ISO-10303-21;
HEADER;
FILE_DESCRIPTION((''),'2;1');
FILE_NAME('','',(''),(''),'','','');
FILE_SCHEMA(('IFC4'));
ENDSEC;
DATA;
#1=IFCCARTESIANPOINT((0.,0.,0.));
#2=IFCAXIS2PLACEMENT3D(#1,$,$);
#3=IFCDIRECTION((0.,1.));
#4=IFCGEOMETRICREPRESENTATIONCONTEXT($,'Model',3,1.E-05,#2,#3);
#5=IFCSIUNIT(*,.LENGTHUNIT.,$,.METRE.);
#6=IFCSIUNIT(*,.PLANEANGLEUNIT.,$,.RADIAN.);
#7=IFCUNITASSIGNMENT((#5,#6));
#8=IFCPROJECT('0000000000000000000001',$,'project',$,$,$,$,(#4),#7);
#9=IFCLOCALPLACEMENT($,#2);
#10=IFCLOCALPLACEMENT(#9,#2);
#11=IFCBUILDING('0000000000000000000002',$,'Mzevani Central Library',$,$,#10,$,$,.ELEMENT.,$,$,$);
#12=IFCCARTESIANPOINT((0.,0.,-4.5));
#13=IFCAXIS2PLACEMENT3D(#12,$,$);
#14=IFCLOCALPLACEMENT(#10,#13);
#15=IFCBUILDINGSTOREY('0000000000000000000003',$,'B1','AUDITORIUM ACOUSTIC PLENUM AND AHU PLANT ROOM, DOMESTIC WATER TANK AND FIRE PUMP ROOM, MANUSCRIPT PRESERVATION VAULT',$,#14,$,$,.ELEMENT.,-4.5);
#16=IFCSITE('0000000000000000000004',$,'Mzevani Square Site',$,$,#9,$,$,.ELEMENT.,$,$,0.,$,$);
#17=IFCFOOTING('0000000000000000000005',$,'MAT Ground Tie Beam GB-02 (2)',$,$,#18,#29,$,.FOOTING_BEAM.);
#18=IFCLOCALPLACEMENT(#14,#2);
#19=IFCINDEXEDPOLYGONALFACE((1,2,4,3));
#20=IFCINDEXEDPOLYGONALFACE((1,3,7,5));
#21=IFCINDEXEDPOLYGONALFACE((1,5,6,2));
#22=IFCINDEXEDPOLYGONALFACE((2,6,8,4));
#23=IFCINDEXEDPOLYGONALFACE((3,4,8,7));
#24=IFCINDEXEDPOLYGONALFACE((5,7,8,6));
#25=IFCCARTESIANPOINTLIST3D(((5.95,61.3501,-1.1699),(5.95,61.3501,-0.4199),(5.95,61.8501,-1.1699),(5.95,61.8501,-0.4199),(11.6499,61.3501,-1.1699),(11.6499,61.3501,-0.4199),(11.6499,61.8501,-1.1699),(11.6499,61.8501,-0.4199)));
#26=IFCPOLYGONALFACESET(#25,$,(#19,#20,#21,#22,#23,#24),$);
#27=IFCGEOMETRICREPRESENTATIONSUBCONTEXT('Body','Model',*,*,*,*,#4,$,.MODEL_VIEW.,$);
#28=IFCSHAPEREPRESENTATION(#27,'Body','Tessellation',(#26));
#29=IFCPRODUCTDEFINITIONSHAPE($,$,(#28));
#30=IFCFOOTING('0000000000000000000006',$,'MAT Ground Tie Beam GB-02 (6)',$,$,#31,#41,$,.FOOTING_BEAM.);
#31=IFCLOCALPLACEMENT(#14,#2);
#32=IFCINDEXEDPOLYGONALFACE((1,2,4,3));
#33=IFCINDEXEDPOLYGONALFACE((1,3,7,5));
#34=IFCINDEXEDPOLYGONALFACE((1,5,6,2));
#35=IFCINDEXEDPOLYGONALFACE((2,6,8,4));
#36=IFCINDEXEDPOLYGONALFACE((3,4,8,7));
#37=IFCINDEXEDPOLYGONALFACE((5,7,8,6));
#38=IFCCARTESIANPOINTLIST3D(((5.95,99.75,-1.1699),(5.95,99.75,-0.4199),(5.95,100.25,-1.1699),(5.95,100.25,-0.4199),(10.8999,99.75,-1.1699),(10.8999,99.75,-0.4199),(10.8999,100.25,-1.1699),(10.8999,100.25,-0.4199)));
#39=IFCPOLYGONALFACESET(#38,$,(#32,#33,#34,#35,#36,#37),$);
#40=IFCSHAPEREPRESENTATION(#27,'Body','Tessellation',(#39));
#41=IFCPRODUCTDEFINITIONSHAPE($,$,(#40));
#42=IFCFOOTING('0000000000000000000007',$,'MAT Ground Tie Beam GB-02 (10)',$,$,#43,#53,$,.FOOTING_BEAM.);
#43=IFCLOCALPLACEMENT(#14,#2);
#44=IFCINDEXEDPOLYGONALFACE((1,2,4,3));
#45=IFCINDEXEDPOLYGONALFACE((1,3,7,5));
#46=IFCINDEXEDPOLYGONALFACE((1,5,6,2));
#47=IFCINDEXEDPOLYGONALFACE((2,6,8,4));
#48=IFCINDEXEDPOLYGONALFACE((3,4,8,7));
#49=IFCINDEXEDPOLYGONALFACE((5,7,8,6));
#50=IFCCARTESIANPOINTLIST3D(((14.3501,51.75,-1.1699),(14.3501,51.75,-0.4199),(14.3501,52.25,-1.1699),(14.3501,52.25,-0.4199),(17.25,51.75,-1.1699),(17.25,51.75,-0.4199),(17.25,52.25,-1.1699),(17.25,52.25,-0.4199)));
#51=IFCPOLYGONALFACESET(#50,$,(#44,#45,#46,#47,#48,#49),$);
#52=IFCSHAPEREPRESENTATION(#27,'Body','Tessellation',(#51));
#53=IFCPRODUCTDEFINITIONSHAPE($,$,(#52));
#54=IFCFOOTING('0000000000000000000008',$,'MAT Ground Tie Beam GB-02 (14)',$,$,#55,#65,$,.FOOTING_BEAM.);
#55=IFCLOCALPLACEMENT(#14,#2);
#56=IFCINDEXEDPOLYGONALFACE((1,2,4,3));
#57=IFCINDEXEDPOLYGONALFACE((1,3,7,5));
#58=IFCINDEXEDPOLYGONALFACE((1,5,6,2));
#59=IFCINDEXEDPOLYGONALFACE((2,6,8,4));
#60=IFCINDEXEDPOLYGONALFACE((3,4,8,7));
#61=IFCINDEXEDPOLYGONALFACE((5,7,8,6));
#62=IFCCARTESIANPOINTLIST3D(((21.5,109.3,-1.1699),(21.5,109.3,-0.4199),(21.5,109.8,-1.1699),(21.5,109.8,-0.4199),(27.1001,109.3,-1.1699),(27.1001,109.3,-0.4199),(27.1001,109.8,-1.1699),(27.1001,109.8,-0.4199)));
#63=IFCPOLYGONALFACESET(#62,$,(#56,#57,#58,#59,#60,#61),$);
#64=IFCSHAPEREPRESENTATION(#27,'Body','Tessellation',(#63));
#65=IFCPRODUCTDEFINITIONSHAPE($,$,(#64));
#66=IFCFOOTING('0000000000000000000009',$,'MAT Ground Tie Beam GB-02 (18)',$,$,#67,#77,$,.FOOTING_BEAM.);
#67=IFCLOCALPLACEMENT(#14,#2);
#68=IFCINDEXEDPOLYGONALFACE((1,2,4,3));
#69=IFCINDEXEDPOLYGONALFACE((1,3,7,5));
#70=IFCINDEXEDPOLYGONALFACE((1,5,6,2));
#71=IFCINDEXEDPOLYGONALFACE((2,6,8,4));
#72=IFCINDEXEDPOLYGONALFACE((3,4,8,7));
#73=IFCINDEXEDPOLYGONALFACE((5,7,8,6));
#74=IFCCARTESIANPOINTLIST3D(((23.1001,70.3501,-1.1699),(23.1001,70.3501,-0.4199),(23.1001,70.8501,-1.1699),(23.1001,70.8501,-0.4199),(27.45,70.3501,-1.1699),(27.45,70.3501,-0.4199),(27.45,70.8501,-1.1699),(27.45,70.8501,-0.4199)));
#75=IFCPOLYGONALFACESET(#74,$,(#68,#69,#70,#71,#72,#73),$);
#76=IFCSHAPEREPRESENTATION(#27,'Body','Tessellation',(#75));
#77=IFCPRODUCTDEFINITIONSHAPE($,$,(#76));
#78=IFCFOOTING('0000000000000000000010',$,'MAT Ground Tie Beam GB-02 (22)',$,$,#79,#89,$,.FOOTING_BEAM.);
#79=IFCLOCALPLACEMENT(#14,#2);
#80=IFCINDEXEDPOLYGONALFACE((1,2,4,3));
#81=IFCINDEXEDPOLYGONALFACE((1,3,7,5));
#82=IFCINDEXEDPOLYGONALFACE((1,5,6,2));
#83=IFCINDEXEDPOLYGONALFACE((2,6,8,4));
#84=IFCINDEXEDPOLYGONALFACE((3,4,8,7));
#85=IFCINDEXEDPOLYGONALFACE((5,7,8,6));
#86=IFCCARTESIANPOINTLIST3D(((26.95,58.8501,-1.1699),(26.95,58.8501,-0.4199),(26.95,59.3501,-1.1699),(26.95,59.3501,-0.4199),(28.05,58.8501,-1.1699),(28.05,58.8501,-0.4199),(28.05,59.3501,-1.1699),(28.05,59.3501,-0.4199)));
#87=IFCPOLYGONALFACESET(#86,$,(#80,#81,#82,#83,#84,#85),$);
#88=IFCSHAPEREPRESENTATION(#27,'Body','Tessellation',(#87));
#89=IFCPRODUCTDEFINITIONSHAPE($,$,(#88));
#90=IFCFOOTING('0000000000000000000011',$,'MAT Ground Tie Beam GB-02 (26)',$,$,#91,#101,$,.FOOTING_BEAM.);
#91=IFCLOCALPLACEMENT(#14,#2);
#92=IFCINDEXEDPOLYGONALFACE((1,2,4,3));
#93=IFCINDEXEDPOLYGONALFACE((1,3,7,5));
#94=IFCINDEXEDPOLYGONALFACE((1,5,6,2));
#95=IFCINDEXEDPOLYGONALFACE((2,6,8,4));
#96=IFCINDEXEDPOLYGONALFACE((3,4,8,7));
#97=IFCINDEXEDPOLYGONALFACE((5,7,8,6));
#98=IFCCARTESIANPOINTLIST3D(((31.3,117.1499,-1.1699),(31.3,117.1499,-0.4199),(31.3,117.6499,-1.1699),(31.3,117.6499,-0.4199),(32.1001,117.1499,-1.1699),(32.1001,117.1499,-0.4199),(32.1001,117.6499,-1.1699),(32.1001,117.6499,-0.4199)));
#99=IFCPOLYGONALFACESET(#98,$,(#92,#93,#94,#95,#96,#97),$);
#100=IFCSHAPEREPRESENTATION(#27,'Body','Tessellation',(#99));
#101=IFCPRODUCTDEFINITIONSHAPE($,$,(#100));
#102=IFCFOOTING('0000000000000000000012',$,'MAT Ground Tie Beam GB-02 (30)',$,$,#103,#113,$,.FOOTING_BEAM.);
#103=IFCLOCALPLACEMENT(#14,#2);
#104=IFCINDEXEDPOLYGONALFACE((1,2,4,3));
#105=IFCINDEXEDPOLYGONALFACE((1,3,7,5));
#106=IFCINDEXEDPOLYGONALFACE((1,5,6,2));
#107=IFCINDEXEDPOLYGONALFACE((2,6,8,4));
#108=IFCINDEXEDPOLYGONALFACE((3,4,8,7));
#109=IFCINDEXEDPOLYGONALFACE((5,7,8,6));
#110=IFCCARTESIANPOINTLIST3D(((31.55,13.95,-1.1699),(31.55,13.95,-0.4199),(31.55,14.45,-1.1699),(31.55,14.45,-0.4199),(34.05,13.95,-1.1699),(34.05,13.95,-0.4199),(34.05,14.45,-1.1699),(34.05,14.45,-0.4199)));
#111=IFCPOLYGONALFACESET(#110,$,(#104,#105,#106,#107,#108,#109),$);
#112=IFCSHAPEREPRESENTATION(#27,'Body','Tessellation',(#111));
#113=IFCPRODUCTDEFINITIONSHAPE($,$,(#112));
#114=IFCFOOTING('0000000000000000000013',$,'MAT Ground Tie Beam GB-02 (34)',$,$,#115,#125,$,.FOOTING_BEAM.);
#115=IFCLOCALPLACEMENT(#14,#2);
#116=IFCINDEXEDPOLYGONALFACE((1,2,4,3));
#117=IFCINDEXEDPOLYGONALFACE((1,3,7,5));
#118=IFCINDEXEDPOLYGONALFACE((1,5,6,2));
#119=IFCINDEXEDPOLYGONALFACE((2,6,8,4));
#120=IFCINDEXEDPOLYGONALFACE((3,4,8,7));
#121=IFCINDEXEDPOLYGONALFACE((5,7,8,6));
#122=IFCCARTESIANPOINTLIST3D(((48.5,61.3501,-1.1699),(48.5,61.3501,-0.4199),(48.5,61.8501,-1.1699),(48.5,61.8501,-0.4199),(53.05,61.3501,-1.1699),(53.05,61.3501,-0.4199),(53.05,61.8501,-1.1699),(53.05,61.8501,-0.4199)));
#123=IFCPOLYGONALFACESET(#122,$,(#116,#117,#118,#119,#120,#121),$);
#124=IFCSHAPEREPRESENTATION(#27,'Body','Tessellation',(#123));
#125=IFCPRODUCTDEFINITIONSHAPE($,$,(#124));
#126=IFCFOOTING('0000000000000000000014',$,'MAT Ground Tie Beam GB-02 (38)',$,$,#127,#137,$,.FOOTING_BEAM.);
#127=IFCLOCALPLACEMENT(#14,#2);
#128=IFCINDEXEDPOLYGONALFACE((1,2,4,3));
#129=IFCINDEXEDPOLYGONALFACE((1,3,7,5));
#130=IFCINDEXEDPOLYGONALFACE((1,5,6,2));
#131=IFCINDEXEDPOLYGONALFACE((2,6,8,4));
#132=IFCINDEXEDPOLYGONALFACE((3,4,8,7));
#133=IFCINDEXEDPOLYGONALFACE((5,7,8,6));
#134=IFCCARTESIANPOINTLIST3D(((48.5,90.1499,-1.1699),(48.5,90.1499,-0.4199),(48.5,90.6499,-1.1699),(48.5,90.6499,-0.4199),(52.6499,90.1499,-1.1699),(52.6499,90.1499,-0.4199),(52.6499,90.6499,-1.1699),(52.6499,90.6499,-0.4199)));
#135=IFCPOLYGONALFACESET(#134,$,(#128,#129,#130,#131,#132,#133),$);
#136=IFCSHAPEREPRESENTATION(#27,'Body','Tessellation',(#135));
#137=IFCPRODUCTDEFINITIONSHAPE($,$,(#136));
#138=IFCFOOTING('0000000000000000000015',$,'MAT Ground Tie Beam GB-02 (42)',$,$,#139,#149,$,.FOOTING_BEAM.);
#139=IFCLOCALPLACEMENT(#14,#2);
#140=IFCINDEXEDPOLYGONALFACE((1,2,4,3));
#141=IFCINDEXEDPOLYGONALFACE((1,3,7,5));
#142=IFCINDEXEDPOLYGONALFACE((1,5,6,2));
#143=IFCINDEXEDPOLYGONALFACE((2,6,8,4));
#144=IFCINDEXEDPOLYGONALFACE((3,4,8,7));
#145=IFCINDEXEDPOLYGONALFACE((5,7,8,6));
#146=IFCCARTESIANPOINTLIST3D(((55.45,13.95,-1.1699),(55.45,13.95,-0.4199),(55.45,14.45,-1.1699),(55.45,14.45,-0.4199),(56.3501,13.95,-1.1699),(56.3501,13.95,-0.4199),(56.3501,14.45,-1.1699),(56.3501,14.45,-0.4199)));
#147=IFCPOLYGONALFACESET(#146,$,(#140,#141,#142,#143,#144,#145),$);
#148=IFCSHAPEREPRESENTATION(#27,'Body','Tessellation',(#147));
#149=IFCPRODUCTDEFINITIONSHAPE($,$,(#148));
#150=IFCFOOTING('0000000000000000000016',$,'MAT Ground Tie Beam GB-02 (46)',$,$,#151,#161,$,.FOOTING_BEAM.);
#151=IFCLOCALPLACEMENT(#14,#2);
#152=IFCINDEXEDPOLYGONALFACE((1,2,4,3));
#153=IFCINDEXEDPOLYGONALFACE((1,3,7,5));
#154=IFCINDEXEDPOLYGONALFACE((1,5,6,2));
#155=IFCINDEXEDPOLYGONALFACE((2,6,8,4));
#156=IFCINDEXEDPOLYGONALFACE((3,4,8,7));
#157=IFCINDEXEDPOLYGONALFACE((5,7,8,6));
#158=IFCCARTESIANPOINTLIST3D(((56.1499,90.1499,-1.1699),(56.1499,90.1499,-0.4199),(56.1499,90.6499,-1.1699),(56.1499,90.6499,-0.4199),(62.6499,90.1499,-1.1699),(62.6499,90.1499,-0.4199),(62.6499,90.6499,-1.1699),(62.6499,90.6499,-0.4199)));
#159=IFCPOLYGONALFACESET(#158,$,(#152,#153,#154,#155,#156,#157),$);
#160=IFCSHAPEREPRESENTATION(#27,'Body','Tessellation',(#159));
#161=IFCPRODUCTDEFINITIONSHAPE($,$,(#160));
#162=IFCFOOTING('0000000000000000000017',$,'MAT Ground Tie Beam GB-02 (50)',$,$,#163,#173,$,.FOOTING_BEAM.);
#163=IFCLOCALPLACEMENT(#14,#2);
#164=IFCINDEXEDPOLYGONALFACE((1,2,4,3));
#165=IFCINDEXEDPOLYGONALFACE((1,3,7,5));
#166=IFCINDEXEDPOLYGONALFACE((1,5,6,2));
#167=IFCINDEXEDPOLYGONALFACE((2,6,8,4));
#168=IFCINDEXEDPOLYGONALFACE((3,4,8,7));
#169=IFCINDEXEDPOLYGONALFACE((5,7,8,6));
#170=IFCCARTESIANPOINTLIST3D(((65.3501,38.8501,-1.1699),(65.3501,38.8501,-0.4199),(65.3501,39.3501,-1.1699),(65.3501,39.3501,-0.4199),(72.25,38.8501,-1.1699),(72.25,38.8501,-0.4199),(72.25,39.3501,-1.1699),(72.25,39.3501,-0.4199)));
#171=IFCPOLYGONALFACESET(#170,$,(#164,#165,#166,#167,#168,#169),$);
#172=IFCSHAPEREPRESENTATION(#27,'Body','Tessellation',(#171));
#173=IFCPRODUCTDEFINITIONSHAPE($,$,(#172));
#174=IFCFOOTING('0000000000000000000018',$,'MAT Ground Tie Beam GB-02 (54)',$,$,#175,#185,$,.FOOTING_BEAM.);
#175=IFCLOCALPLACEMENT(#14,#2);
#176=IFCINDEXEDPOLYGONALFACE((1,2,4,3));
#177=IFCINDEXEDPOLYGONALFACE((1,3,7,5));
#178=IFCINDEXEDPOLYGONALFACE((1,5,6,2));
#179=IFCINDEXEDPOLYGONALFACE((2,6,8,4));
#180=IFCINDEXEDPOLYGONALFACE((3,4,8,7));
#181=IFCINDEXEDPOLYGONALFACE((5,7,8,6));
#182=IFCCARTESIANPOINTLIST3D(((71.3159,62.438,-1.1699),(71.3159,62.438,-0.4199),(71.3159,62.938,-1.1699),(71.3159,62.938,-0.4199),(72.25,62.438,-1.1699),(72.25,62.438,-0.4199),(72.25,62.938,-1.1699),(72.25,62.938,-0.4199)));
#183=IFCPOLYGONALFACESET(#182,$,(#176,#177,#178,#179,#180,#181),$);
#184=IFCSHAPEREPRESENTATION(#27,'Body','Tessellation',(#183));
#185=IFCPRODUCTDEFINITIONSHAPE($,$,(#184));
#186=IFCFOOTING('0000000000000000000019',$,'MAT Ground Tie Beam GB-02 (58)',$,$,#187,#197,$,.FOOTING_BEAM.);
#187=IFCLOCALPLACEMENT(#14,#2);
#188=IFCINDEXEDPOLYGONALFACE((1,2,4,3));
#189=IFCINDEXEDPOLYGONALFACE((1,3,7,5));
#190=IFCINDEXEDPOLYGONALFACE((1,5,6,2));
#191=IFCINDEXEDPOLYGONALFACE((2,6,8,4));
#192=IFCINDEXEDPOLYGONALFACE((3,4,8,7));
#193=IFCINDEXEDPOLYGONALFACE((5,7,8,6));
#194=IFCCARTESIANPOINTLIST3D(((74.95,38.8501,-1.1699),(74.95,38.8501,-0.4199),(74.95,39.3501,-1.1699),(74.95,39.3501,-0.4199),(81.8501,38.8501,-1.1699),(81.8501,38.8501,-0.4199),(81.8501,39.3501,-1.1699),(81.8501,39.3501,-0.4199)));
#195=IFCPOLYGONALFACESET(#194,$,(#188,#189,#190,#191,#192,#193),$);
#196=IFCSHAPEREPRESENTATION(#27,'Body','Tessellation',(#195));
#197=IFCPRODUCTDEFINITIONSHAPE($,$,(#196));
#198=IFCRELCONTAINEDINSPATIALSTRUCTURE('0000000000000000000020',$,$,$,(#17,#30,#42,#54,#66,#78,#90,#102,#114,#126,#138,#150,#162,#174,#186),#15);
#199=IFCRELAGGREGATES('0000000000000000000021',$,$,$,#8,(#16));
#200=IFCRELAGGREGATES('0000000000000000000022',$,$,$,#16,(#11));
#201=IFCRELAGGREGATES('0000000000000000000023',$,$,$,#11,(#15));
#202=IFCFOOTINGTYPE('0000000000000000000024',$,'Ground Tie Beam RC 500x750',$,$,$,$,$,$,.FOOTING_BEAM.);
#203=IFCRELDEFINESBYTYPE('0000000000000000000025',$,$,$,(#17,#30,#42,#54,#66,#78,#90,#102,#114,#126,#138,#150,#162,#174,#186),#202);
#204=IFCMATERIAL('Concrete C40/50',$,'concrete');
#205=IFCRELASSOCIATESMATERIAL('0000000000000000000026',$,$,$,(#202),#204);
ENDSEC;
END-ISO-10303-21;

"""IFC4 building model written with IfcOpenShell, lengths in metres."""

from ifc_helpers import new_model, si_unit, direction, frame, origin, place, context, subcontext, project, spatial, polyline, outline, extrude, material, type_object, element, save


model = new_model("IFC4")

# Units and contexts
model_context = context("Model", 3, precision=1e-05, world=origin(), true_north=direction((0.0, 1.0)))
body_context = subcontext(model_context, "Body", "Model", "MODEL_VIEW")
ifc_project = project(units=[si_unit("LENGTHUNIT", "METRE"), si_unit("PLANEANGLEUNIT", "RADIAN")], contexts=[model_context])

# Site, building, storey
site_placement = place(None, origin())
site = spatial("IfcSite", under=ifc_project, at=site_placement, Name="Mzevani Square Site", CompositionType="ELEMENT", RefElevation=0.0)
building_placement = place(site_placement, origin())
building = spatial("IfcBuilding", under=site, at=building_placement, Name="Mzevani Central Library", CompositionType="ELEMENT")
storey_placement = place(building_placement, frame((0.0, 0.0, -4.5)))
storey = spatial("IfcBuildingStorey", under=building, at=storey_placement, Name="B1", Description="AUDITORIUM ACOUSTIC PLENUM AND AHU PLANT ROOM, DOMESTIC WATER TANK AND FIRE PUMP ROOM, MANUSCRIPT PRESERVATION VAULT", CompositionType="ELEMENT", Elevation=-4.5)

# Footings
ifc_material = material(Name="Concrete C40/50", Category="concrete")
footing_type_1 = type_object("IfcFootingType", Name="Ground Tie Beam RC 500x750", PredefinedType="FOOTING_BEAM", material=ifc_material)
footing_1_placement = place(storey_placement, frame((0.0, 0.0, -1.1699)))
element("IfcFooting", 1, at=footing_1_placement, inside=storey, type_object=footing_type_1, Name="MAT Ground Tie Beam GB-02 (2)", PredefinedType="FOOTING_BEAM", context=body_context, shape_type="SweptSolid", body=[
    extrude(outline(polyline([(5.95, 61.3501), (11.6499, 61.3501), (11.6499, 61.8501), (5.95, 61.8501), (5.95, 61.3501)])), origin(), (0.0, 0.0, 1.0), 0.75),
])
footing_2_placement = place(storey_placement, frame((0.0, 0.0, -1.1699)))
element("IfcFooting", 2, at=footing_2_placement, inside=storey, type_object=footing_type_1, Name="MAT Ground Tie Beam GB-02 (6)", PredefinedType="FOOTING_BEAM", context=body_context, shape_type="SweptSolid", body=[
    extrude(outline(polyline([(5.95, 99.75), (10.8999, 99.75), (10.8999, 100.25), (5.95, 100.25), (5.95, 99.75)])), origin(), (0.0, 0.0, 1.0), 0.75),
])
footing_3_placement = place(storey_placement, frame((0.0, 0.0, -1.1699)))
element("IfcFooting", 3, at=footing_3_placement, inside=storey, type_object=footing_type_1, Name="MAT Ground Tie Beam GB-02 (10)", PredefinedType="FOOTING_BEAM", context=body_context, shape_type="SweptSolid", body=[
    extrude(outline(polyline([(14.3501, 51.75), (17.25, 51.75), (17.25, 52.25), (14.3501, 52.25), (14.3501, 51.75)])), origin(), (0.0, 0.0, 1.0), 0.75),
])
footing_4_placement = place(storey_placement, frame((0.0, 0.0, -1.1699)))
element("IfcFooting", 4, at=footing_4_placement, inside=storey, type_object=footing_type_1, Name="MAT Ground Tie Beam GB-02 (14)", PredefinedType="FOOTING_BEAM", context=body_context, shape_type="SweptSolid", body=[
    extrude(outline(polyline([(21.5, 109.3), (27.1001, 109.3), (27.1001, 109.8), (21.5, 109.8), (21.5, 109.3)])), origin(), (0.0, 0.0, 1.0), 0.75),
])
footing_5_placement = place(storey_placement, frame((0.0, 0.0, -1.1699)))
element("IfcFooting", 5, at=footing_5_placement, inside=storey, type_object=footing_type_1, Name="MAT Ground Tie Beam GB-02 (18)", PredefinedType="FOOTING_BEAM", context=body_context, shape_type="SweptSolid", body=[
    extrude(outline(polyline([(23.1001, 70.3501), (27.45, 70.3501), (27.45, 70.8501), (23.1001, 70.8501), (23.1001, 70.3501)])), origin(), (0.0, 0.0, 1.0), 0.75),
])
footing_6_placement = place(storey_placement, frame((0.0, 0.0, -1.1699)))
element("IfcFooting", 6, at=footing_6_placement, inside=storey, type_object=footing_type_1, Name="MAT Ground Tie Beam GB-02 (22)", PredefinedType="FOOTING_BEAM", context=body_context, shape_type="SweptSolid", body=[
    extrude(outline(polyline([(26.95, 58.8501), (28.05, 58.8501), (28.05, 59.3501), (26.95, 59.3501), (26.95, 58.8501)])), origin(), (0.0, 0.0, 1.0), 0.75),
])
footing_7_placement = place(storey_placement, frame((0.0, 0.0, -1.1699)))
element("IfcFooting", 7, at=footing_7_placement, inside=storey, type_object=footing_type_1, Name="MAT Ground Tie Beam GB-02 (26)", PredefinedType="FOOTING_BEAM", context=body_context, shape_type="SweptSolid", body=[
    extrude(outline(polyline([(31.3, 117.1499), (32.1001, 117.1499), (32.1001, 117.6499), (31.3, 117.6499), (31.3, 117.1499)])), origin(), (0.0, 0.0, 1.0), 0.75),
])
footing_8_placement = place(storey_placement, frame((0.0, 0.0, -1.1699)))
element("IfcFooting", 8, at=footing_8_placement, inside=storey, type_object=footing_type_1, Name="MAT Ground Tie Beam GB-02 (30)", PredefinedType="FOOTING_BEAM", context=body_context, shape_type="SweptSolid", body=[
    extrude(outline(polyline([(31.55, 13.95), (34.05, 13.95), (34.05, 14.45), (31.55, 14.45), (31.55, 13.95)])), origin(), (0.0, 0.0, 1.0), 0.75),
])
footing_9_placement = place(storey_placement, frame((0.0, 0.0, -1.1699)))
element("IfcFooting", 9, at=footing_9_placement, inside=storey, type_object=footing_type_1, Name="MAT Ground Tie Beam GB-02 (34)", PredefinedType="FOOTING_BEAM", context=body_context, shape_type="SweptSolid", body=[
    extrude(outline(polyline([(48.5, 61.3501), (53.05, 61.3501), (53.05, 61.8501), (48.5, 61.8501), (48.5, 61.3501)])), origin(), (0.0, 0.0, 1.0), 0.75),
])
footing_10_placement = place(storey_placement, frame((0.0, 0.0, -1.1699)))
element("IfcFooting", 10, at=footing_10_placement, inside=storey, type_object=footing_type_1, Name="MAT Ground Tie Beam GB-02 (38)", PredefinedType="FOOTING_BEAM", context=body_context, shape_type="SweptSolid", body=[
    extrude(outline(polyline([(48.5, 90.1499), (52.6499, 90.1499), (52.6499, 90.6499), (48.5, 90.6499), (48.5, 90.1499)])), origin(), (0.0, 0.0, 1.0), 0.75),
])
footing_11_placement = place(storey_placement, frame((0.0, 0.0, -1.1699)))
element("IfcFooting", 11, at=footing_11_placement, inside=storey, type_object=footing_type_1, Name="MAT Ground Tie Beam GB-02 (42)", PredefinedType="FOOTING_BEAM", context=body_context, shape_type="SweptSolid", body=[
    extrude(outline(polyline([(55.45, 13.95), (56.3501, 13.95), (56.3501, 14.45), (55.45, 14.45), (55.45, 13.95)])), origin(), (0.0, 0.0, 1.0), 0.75),
])
footing_12_placement = place(storey_placement, frame((0.0, 0.0, -1.1699)))
element("IfcFooting", 12, at=footing_12_placement, inside=storey, type_object=footing_type_1, Name="MAT Ground Tie Beam GB-02 (46)", PredefinedType="FOOTING_BEAM", context=body_context, shape_type="SweptSolid", body=[
    extrude(outline(polyline([(56.1499, 90.1499), (62.6499, 90.1499), (62.6499, 90.6499), (56.1499, 90.6499), (56.1499, 90.1499)])), origin(), (0.0, 0.0, 1.0), 0.75),
])
footing_13_placement = place(storey_placement, frame((0.0, 0.0, -1.1699)))
element("IfcFooting", 13, at=footing_13_placement, inside=storey, type_object=footing_type_1, Name="MAT Ground Tie Beam GB-02 (50)", PredefinedType="FOOTING_BEAM", context=body_context, shape_type="SweptSolid", body=[
    extrude(outline(polyline([(65.3501, 38.8501), (72.25, 38.8501), (72.25, 39.3501), (65.3501, 39.3501), (65.3501, 38.8501)])), origin(), (0.0, 0.0, 1.0), 0.75),
])
footing_14_placement = place(storey_placement, frame((0.0, 0.0, -1.1699)))
element("IfcFooting", 14, at=footing_14_placement, inside=storey, type_object=footing_type_1, Name="MAT Ground Tie Beam GB-02 (54)", PredefinedType="FOOTING_BEAM", context=body_context, shape_type="SweptSolid", body=[
    extrude(outline(polyline([(71.3159, 62.438), (72.25, 62.438), (72.25, 62.938), (71.3159, 62.938), (71.3159, 62.438)])), origin(), (0.0, 0.0, 1.0), 0.75),
])
footing_15_placement = place(storey_placement, frame((0.0, 0.0, -1.1699)))
element("IfcFooting", 15, at=footing_15_placement, inside=storey, type_object=footing_type_1, Name="MAT Ground Tie Beam GB-02 (58)", PredefinedType="FOOTING_BEAM", context=body_context, shape_type="SweptSolid", body=[
    extrude(outline(polyline([(74.95, 38.8501), (81.8501, 38.8501), (81.8501, 39.3501), (74.95, 39.3501), (74.95, 38.8501)])), origin(), (0.0, 0.0, 1.0), 0.75),
])

save(model, "model.ifc")
